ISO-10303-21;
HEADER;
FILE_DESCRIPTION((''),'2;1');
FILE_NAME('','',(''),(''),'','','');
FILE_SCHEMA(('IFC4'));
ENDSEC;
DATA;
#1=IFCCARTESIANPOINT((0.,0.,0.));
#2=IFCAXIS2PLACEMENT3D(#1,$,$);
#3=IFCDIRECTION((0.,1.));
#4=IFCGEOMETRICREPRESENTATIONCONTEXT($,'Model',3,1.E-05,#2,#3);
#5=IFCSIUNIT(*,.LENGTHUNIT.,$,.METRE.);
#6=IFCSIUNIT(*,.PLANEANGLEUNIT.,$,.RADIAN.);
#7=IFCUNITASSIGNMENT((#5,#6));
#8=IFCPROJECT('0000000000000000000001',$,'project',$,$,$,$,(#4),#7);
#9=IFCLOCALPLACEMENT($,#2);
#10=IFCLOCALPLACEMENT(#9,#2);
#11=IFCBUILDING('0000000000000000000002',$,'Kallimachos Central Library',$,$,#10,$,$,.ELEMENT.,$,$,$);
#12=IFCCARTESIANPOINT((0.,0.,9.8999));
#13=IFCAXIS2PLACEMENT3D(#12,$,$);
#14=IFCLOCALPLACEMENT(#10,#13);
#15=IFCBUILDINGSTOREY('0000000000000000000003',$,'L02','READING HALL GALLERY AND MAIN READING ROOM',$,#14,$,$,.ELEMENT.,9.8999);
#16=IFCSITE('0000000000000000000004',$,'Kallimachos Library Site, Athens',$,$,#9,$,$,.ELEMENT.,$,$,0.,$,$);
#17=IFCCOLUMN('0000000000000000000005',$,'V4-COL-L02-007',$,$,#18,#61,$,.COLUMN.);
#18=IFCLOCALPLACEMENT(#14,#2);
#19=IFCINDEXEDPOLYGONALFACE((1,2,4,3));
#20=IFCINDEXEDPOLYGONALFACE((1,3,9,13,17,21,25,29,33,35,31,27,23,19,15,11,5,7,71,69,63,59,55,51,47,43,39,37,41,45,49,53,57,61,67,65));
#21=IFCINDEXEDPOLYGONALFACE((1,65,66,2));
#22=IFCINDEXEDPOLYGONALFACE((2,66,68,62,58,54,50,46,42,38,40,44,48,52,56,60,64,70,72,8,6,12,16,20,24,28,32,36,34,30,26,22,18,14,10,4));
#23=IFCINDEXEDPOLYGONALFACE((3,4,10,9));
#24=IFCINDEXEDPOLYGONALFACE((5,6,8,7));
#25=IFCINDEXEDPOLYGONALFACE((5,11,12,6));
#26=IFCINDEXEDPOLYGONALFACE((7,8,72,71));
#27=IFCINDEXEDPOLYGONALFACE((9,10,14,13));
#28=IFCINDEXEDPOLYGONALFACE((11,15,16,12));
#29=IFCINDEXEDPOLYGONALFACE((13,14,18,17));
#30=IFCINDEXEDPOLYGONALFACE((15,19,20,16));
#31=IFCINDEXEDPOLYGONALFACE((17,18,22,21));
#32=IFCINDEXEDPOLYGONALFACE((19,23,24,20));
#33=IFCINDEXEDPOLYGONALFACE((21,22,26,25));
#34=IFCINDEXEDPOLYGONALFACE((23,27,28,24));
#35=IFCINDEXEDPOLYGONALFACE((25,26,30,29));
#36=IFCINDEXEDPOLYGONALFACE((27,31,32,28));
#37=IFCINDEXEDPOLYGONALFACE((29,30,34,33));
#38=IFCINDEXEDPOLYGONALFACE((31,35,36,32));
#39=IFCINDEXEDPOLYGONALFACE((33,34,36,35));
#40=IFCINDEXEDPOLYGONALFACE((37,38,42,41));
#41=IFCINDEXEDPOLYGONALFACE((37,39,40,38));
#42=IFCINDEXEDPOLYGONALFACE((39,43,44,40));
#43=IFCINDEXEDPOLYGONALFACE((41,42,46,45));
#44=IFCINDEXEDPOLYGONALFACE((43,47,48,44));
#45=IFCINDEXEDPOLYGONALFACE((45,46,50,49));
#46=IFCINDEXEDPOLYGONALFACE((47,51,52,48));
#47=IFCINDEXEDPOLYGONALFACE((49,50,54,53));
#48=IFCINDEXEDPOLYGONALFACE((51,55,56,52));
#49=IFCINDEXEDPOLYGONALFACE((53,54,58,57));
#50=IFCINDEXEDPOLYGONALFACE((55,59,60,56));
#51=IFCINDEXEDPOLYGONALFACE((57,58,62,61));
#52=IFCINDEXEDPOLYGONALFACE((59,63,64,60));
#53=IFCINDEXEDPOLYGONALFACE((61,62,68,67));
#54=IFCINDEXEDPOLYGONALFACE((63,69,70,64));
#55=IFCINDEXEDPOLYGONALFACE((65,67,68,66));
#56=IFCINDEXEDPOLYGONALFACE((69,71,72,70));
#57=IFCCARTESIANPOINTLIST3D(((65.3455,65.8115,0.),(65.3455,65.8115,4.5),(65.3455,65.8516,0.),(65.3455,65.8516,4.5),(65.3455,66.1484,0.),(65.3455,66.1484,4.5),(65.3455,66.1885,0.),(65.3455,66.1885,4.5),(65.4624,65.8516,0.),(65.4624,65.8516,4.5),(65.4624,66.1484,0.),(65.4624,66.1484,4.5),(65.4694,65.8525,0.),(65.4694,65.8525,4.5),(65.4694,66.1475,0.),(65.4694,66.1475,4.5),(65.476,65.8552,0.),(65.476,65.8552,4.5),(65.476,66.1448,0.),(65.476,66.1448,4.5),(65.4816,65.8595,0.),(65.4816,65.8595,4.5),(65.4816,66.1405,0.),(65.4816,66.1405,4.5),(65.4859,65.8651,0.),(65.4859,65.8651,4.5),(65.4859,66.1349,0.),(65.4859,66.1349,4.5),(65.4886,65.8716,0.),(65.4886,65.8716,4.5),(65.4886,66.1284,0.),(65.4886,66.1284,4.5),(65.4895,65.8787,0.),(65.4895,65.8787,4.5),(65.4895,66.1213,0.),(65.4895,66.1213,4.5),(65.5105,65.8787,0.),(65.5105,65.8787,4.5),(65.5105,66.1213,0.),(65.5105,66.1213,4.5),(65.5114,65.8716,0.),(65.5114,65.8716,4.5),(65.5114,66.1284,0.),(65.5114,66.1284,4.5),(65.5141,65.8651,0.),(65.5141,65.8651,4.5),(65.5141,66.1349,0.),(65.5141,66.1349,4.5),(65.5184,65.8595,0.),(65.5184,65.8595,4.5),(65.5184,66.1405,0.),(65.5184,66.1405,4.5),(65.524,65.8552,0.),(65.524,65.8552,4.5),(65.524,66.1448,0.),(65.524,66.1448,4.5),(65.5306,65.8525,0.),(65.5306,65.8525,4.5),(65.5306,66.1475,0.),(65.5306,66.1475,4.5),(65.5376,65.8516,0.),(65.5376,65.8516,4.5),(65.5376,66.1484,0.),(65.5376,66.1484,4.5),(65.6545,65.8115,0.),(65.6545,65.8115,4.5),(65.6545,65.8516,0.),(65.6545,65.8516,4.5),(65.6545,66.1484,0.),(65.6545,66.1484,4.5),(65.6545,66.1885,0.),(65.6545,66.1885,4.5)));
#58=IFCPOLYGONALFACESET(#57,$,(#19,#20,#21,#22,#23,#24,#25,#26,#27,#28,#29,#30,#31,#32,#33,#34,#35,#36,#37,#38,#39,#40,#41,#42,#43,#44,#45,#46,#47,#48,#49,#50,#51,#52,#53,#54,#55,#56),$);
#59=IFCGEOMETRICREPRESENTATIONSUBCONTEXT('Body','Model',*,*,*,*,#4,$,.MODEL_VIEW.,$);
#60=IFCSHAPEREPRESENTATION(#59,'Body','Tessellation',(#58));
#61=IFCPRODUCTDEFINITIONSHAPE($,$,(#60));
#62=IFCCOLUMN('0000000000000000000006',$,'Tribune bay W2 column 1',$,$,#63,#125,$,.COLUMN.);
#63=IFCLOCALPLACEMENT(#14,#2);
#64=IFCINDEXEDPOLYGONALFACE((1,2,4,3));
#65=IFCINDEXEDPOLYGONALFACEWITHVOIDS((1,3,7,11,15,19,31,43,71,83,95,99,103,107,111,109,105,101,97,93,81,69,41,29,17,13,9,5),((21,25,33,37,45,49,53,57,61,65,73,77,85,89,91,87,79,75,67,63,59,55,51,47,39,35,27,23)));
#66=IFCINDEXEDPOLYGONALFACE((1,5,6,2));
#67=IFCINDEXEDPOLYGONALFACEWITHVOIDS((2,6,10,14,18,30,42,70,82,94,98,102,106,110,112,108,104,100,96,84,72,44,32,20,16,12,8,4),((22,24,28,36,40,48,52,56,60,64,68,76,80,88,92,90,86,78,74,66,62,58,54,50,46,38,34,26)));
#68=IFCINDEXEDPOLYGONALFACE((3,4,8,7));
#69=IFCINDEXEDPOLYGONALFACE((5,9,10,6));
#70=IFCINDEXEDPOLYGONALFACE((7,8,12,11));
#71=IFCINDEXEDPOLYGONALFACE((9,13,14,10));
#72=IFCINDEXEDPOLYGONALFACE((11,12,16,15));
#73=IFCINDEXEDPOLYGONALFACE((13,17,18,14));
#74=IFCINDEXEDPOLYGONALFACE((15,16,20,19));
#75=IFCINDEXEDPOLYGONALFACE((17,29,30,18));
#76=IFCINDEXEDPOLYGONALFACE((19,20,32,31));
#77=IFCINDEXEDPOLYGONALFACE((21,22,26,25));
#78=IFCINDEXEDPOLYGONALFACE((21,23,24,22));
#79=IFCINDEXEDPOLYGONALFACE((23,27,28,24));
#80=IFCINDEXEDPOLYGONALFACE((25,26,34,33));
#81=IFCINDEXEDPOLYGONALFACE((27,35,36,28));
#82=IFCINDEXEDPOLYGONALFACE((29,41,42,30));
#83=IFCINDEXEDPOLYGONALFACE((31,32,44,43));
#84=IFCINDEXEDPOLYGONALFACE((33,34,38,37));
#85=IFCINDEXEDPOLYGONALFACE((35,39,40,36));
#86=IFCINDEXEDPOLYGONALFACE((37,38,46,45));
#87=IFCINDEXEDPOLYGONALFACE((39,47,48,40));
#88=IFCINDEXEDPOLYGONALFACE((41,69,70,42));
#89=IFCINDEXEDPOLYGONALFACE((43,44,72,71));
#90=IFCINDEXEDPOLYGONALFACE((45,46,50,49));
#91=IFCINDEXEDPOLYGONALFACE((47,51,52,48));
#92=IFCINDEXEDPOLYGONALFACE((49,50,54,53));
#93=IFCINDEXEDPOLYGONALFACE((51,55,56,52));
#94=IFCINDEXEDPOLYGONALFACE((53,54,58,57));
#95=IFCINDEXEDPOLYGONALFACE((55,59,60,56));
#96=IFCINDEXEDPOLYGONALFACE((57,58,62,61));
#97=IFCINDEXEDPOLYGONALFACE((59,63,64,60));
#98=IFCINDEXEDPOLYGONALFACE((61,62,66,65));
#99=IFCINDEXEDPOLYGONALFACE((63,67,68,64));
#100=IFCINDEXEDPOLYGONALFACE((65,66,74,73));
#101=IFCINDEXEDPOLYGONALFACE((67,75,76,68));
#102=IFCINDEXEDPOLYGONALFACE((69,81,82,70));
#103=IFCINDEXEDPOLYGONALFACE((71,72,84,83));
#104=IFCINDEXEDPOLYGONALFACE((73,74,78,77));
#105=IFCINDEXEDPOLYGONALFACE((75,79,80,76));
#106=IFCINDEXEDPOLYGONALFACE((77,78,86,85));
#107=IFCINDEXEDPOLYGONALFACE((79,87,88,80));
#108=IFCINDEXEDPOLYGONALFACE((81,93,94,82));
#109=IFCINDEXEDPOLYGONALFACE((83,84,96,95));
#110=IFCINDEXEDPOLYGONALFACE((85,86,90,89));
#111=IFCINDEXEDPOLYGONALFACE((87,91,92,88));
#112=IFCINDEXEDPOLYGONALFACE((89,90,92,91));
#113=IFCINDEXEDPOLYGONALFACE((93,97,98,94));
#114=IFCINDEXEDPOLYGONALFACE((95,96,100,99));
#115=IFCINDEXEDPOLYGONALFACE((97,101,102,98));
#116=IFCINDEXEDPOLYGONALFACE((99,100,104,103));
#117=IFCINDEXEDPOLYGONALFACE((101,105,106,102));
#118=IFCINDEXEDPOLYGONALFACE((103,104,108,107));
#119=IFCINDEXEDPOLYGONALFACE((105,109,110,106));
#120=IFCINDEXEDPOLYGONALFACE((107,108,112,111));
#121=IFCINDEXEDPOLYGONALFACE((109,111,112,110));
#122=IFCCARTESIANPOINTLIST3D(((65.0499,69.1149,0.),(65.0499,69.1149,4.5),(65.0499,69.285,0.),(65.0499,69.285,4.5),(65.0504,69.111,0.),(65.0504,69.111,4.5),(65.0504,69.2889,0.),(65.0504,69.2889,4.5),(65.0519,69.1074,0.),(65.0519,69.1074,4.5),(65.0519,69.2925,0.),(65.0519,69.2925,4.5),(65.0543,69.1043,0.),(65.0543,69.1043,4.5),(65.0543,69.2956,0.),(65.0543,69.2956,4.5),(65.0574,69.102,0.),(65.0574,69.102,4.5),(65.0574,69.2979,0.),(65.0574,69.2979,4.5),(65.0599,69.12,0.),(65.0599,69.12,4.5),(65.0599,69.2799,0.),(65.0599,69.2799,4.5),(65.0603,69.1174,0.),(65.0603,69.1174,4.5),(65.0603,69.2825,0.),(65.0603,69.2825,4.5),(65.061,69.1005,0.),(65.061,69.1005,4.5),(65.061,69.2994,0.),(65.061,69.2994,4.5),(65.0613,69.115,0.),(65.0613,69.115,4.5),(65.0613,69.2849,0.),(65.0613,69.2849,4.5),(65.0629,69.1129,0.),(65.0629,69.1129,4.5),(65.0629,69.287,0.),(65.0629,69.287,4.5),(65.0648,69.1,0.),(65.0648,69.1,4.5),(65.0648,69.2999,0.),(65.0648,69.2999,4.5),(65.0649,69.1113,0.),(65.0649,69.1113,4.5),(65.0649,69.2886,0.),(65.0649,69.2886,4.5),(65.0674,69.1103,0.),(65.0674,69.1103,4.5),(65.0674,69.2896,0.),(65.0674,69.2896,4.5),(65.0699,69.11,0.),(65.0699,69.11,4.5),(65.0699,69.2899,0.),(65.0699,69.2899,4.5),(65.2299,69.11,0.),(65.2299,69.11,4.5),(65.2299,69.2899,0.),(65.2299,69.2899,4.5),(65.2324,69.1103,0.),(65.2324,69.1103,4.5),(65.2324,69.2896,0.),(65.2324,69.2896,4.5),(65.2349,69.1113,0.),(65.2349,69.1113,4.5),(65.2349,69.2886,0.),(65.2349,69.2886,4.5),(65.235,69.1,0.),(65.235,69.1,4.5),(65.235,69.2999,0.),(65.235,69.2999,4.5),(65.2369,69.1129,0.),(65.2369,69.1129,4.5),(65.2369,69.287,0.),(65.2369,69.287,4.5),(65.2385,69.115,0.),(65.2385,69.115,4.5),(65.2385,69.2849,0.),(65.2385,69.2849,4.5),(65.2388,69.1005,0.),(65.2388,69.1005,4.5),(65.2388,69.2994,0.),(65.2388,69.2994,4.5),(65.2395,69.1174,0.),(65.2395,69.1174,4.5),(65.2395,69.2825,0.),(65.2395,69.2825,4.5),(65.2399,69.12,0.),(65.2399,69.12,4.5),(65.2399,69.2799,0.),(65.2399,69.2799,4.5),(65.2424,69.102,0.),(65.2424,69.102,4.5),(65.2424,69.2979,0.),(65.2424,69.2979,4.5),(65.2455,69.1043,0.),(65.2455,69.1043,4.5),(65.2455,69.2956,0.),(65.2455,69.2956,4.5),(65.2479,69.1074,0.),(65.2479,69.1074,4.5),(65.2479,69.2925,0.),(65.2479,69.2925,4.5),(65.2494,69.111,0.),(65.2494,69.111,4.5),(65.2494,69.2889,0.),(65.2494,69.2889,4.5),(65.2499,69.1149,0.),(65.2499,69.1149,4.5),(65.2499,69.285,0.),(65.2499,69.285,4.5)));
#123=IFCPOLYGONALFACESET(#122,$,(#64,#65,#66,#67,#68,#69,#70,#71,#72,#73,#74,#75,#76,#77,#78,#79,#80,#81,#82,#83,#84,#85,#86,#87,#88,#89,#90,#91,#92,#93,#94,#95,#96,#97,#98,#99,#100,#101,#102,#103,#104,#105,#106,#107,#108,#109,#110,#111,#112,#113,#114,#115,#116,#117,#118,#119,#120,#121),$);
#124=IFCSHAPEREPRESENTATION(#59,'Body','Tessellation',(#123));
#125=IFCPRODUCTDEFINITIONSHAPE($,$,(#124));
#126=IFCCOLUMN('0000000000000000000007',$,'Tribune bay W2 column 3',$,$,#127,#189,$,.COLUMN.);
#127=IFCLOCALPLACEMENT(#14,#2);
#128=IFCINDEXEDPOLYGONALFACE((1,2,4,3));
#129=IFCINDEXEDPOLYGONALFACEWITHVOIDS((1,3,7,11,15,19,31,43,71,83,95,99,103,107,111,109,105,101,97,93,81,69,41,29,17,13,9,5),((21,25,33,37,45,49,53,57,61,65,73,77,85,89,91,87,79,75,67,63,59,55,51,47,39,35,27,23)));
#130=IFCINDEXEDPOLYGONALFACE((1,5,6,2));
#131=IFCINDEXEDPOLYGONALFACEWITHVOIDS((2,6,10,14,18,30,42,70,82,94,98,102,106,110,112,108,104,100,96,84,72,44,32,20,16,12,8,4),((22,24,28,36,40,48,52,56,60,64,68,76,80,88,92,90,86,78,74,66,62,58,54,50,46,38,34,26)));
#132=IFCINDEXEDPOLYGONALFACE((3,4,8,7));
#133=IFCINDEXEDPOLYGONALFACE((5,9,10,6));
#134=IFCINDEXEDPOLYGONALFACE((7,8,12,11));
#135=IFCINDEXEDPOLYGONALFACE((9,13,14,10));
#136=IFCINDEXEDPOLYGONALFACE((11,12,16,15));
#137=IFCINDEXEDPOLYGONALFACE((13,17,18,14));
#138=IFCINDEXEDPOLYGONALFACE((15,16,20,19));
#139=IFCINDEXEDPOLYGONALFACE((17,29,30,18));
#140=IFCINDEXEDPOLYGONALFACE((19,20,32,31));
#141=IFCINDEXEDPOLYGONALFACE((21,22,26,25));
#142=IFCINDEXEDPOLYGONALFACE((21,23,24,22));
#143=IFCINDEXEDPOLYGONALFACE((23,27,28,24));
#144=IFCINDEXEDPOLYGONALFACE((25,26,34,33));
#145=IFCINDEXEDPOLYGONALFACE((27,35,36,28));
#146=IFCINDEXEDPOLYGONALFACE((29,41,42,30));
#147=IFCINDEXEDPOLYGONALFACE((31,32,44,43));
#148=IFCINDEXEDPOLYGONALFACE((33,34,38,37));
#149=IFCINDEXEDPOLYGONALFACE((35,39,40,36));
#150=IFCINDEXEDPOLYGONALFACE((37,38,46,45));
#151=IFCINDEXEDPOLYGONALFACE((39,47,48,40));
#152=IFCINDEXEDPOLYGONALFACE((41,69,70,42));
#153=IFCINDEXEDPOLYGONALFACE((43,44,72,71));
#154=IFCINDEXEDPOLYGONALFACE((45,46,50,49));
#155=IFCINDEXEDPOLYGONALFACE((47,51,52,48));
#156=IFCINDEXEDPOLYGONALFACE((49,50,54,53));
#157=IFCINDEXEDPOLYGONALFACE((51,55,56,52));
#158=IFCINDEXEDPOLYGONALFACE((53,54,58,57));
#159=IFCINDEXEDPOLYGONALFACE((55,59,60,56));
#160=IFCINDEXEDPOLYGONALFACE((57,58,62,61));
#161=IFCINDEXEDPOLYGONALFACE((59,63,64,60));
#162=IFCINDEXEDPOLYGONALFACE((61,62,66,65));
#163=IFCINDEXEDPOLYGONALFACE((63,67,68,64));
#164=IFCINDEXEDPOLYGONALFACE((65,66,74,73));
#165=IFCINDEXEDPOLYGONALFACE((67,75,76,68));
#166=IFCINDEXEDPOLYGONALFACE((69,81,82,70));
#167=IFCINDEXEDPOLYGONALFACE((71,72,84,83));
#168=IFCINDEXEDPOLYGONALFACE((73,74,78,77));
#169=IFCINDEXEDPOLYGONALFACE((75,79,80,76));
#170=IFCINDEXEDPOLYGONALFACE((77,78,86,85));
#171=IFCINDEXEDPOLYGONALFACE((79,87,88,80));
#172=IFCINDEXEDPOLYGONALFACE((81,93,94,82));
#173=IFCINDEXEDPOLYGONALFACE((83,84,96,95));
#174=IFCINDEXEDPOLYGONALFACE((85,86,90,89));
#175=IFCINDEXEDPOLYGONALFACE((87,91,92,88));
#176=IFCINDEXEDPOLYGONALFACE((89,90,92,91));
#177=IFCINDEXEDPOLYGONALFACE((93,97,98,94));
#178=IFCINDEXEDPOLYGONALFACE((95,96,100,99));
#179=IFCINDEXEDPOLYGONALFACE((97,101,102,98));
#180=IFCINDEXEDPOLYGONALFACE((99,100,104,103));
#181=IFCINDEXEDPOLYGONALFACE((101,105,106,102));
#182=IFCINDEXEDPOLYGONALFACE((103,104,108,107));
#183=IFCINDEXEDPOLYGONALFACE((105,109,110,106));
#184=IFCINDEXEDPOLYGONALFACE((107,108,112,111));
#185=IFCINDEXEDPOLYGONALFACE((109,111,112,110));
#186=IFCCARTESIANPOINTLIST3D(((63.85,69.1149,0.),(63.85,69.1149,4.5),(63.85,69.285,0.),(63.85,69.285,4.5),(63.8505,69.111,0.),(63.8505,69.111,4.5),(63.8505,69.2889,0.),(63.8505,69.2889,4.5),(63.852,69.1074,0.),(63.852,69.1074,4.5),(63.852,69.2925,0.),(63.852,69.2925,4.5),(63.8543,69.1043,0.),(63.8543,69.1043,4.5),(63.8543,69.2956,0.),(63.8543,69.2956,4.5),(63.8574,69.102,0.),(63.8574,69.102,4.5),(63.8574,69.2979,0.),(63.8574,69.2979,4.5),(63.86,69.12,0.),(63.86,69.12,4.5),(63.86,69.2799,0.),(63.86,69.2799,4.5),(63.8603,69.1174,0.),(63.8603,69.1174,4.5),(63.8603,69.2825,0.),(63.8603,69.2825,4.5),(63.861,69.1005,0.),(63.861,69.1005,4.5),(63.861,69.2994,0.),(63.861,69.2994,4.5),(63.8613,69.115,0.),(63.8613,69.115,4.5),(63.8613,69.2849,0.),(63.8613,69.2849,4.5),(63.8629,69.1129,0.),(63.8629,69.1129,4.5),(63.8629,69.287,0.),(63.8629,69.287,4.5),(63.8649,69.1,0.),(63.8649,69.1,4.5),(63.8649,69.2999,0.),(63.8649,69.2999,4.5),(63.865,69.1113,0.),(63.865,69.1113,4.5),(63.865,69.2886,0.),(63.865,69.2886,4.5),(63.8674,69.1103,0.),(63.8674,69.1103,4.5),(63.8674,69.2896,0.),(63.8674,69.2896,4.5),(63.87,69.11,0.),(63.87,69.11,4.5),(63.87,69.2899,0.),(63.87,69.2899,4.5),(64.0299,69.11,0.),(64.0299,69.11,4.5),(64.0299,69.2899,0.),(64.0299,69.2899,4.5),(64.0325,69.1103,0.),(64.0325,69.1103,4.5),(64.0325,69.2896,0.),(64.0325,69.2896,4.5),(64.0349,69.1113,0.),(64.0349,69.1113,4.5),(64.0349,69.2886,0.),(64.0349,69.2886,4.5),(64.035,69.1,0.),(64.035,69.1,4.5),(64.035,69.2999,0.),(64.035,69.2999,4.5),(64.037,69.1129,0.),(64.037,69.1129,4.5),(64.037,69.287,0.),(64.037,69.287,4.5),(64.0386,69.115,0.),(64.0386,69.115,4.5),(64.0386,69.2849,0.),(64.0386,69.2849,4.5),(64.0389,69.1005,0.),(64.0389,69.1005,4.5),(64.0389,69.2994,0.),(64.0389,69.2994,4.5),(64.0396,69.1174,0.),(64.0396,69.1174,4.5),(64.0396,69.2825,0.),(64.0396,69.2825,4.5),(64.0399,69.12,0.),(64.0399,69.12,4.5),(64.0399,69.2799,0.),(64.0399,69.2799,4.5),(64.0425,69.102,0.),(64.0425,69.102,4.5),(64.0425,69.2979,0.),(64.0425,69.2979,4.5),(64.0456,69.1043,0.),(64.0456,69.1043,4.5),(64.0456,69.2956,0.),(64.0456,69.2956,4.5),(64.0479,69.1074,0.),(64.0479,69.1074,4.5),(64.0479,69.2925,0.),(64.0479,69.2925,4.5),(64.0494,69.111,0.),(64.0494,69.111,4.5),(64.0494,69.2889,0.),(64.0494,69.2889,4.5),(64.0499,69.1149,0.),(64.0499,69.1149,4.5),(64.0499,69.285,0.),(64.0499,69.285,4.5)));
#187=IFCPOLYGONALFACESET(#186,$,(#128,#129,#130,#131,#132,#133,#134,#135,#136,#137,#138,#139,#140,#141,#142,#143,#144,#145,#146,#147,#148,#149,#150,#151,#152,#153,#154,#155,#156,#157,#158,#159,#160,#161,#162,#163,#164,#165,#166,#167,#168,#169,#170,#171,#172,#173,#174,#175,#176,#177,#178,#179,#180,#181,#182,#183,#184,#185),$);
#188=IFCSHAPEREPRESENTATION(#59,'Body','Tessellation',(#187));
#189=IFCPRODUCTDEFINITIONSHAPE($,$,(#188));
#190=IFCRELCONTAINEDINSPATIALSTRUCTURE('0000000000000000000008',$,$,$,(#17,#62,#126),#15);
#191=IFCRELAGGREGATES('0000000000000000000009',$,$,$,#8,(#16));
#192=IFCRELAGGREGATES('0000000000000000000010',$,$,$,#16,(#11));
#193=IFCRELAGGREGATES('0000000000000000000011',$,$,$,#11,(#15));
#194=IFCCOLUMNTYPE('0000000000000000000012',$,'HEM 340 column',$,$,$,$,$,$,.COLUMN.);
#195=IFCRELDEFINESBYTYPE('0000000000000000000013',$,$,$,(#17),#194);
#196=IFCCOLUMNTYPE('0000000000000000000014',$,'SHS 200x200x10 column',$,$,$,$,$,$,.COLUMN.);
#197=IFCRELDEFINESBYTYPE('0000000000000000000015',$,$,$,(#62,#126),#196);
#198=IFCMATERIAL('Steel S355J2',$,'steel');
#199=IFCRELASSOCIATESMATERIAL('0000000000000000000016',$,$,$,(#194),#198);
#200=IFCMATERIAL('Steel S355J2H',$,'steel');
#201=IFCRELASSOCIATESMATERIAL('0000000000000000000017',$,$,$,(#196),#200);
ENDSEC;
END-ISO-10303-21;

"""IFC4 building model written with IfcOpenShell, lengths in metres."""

from ifc_helpers import new_model, si_unit, direction, frame, origin, origin_2d, place, context, subcontext, project, spatial, hollow_rectangle, i_section, extrude, material, material_profile, profile_set, type_object, element, save


model = new_model("IFC4")

# Units and contexts
model_context = context("Model", 3, precision=1e-05, world=origin(), true_north=direction((0.0, 1.0)))
body_context = subcontext(model_context, "Body", "Model", "MODEL_VIEW")
ifc_project = project(units=[si_unit("LENGTHUNIT", "METRE"), si_unit("PLANEANGLEUNIT", "RADIAN")], contexts=[model_context])

# Site, building, storey
site_placement = place(None, origin())
site = spatial("IfcSite", under=ifc_project, at=site_placement, Name="Kallimachos Library Site, Athens", CompositionType="ELEMENT", RefElevation=0.0)
building_placement = place(site_placement, origin())
building = spatial("IfcBuilding", under=site, at=building_placement, Name="Kallimachos Central Library", CompositionType="ELEMENT")
storey_placement = place(building_placement, frame((0.0, 0.0, 9.8999)))
storey = spatial("IfcBuildingStorey", under=building, at=storey_placement, Name="L02", Description="READING HALL GALLERY AND MAIN READING ROOM", CompositionType="ELEMENT", Elevation=9.8999)

# Columns
ifc_material_1 = material(Name="Steel S355J2", Category="steel")
ifc_material_profile_1 = material_profile(ifc_material_1, i_section(OverallWidth=0.3091, OverallDepth=0.377, WebThickness=0.021, FlangeThickness=0.04, FilletRadius=0.0271, at=origin_2d()), Name="HEM 340")
ifc_profile_set_1 = profile_set([ifc_material_profile_1], Name="Steel S355J2")
column_type_1 = type_object("IfcColumnType", Name="HEM 340 column", PredefinedType="COLUMN", material=ifc_profile_set_1)
column_placement = place(storey_placement, frame((65.5, 66.0, 0.0), z_axis=(0.0, 0.0, 1.0), x_axis=(1.0, 0.0, 0.0)))
element("IfcColumn", 1, at=column_placement, inside=storey, type_object=column_type_1, Name="V4-COL-L02-007", PredefinedType="COLUMN", context=body_context, shape_type="SweptSolid", body=[
    extrude(i_section(OverallWidth=0.3091, OverallDepth=0.377, WebThickness=0.021, FlangeThickness=0.04, FilletRadius=0.0271, at=origin_2d()), origin(), (0.0, 0.0, 1.0), 4.5),
])
ifc_material_2 = material(Name="Steel S355J2H", Category="steel")
ifc_material_profile_2 = material_profile(ifc_material_2, hollow_rectangle(XDim=0.2, YDim=0.2, WallThickness=0.01, InnerFilletRadius=0.01, OuterFilletRadius=0.0149, at=origin_2d()), Name="SHS 200x200x10")
ifc_profile_set_2 = profile_set([ifc_material_profile_2], Name="Steel S355J2H")
column_type_2 = type_object("IfcColumnType", Name="SHS 200x200x10 column", PredefinedType="COLUMN", material=ifc_profile_set_2)
for number, where, z_axis, x_axis, name in (
    (2, (65.1499, 69.2, 0.0), (0.0, 0.0, 1.0), (1.0, 0.0, 0.0), "Tribune bay W2 column 1"),
    (3, (63.95, 69.2, 0.0), (0.0, 0.0, 1.0), (1.0, 0.0, 0.0), "Tribune bay W2 column 3"),
):
    element("IfcColumn", number, at=place(storey_placement, frame(where, z_axis=z_axis, x_axis=x_axis)), inside=storey, type_object=column_type_2, Name=name, PredefinedType="COLUMN", context=body_context, shape_type="SweptSolid", body=[
        extrude(hollow_rectangle(XDim=0.2, YDim=0.2, WallThickness=0.01, InnerFilletRadius=0.01, OuterFilletRadius=0.0149, at=origin_2d()), origin(), (0.0, 0.0, 1.0), 4.5),
    ])

save(model, "model.ifc")
